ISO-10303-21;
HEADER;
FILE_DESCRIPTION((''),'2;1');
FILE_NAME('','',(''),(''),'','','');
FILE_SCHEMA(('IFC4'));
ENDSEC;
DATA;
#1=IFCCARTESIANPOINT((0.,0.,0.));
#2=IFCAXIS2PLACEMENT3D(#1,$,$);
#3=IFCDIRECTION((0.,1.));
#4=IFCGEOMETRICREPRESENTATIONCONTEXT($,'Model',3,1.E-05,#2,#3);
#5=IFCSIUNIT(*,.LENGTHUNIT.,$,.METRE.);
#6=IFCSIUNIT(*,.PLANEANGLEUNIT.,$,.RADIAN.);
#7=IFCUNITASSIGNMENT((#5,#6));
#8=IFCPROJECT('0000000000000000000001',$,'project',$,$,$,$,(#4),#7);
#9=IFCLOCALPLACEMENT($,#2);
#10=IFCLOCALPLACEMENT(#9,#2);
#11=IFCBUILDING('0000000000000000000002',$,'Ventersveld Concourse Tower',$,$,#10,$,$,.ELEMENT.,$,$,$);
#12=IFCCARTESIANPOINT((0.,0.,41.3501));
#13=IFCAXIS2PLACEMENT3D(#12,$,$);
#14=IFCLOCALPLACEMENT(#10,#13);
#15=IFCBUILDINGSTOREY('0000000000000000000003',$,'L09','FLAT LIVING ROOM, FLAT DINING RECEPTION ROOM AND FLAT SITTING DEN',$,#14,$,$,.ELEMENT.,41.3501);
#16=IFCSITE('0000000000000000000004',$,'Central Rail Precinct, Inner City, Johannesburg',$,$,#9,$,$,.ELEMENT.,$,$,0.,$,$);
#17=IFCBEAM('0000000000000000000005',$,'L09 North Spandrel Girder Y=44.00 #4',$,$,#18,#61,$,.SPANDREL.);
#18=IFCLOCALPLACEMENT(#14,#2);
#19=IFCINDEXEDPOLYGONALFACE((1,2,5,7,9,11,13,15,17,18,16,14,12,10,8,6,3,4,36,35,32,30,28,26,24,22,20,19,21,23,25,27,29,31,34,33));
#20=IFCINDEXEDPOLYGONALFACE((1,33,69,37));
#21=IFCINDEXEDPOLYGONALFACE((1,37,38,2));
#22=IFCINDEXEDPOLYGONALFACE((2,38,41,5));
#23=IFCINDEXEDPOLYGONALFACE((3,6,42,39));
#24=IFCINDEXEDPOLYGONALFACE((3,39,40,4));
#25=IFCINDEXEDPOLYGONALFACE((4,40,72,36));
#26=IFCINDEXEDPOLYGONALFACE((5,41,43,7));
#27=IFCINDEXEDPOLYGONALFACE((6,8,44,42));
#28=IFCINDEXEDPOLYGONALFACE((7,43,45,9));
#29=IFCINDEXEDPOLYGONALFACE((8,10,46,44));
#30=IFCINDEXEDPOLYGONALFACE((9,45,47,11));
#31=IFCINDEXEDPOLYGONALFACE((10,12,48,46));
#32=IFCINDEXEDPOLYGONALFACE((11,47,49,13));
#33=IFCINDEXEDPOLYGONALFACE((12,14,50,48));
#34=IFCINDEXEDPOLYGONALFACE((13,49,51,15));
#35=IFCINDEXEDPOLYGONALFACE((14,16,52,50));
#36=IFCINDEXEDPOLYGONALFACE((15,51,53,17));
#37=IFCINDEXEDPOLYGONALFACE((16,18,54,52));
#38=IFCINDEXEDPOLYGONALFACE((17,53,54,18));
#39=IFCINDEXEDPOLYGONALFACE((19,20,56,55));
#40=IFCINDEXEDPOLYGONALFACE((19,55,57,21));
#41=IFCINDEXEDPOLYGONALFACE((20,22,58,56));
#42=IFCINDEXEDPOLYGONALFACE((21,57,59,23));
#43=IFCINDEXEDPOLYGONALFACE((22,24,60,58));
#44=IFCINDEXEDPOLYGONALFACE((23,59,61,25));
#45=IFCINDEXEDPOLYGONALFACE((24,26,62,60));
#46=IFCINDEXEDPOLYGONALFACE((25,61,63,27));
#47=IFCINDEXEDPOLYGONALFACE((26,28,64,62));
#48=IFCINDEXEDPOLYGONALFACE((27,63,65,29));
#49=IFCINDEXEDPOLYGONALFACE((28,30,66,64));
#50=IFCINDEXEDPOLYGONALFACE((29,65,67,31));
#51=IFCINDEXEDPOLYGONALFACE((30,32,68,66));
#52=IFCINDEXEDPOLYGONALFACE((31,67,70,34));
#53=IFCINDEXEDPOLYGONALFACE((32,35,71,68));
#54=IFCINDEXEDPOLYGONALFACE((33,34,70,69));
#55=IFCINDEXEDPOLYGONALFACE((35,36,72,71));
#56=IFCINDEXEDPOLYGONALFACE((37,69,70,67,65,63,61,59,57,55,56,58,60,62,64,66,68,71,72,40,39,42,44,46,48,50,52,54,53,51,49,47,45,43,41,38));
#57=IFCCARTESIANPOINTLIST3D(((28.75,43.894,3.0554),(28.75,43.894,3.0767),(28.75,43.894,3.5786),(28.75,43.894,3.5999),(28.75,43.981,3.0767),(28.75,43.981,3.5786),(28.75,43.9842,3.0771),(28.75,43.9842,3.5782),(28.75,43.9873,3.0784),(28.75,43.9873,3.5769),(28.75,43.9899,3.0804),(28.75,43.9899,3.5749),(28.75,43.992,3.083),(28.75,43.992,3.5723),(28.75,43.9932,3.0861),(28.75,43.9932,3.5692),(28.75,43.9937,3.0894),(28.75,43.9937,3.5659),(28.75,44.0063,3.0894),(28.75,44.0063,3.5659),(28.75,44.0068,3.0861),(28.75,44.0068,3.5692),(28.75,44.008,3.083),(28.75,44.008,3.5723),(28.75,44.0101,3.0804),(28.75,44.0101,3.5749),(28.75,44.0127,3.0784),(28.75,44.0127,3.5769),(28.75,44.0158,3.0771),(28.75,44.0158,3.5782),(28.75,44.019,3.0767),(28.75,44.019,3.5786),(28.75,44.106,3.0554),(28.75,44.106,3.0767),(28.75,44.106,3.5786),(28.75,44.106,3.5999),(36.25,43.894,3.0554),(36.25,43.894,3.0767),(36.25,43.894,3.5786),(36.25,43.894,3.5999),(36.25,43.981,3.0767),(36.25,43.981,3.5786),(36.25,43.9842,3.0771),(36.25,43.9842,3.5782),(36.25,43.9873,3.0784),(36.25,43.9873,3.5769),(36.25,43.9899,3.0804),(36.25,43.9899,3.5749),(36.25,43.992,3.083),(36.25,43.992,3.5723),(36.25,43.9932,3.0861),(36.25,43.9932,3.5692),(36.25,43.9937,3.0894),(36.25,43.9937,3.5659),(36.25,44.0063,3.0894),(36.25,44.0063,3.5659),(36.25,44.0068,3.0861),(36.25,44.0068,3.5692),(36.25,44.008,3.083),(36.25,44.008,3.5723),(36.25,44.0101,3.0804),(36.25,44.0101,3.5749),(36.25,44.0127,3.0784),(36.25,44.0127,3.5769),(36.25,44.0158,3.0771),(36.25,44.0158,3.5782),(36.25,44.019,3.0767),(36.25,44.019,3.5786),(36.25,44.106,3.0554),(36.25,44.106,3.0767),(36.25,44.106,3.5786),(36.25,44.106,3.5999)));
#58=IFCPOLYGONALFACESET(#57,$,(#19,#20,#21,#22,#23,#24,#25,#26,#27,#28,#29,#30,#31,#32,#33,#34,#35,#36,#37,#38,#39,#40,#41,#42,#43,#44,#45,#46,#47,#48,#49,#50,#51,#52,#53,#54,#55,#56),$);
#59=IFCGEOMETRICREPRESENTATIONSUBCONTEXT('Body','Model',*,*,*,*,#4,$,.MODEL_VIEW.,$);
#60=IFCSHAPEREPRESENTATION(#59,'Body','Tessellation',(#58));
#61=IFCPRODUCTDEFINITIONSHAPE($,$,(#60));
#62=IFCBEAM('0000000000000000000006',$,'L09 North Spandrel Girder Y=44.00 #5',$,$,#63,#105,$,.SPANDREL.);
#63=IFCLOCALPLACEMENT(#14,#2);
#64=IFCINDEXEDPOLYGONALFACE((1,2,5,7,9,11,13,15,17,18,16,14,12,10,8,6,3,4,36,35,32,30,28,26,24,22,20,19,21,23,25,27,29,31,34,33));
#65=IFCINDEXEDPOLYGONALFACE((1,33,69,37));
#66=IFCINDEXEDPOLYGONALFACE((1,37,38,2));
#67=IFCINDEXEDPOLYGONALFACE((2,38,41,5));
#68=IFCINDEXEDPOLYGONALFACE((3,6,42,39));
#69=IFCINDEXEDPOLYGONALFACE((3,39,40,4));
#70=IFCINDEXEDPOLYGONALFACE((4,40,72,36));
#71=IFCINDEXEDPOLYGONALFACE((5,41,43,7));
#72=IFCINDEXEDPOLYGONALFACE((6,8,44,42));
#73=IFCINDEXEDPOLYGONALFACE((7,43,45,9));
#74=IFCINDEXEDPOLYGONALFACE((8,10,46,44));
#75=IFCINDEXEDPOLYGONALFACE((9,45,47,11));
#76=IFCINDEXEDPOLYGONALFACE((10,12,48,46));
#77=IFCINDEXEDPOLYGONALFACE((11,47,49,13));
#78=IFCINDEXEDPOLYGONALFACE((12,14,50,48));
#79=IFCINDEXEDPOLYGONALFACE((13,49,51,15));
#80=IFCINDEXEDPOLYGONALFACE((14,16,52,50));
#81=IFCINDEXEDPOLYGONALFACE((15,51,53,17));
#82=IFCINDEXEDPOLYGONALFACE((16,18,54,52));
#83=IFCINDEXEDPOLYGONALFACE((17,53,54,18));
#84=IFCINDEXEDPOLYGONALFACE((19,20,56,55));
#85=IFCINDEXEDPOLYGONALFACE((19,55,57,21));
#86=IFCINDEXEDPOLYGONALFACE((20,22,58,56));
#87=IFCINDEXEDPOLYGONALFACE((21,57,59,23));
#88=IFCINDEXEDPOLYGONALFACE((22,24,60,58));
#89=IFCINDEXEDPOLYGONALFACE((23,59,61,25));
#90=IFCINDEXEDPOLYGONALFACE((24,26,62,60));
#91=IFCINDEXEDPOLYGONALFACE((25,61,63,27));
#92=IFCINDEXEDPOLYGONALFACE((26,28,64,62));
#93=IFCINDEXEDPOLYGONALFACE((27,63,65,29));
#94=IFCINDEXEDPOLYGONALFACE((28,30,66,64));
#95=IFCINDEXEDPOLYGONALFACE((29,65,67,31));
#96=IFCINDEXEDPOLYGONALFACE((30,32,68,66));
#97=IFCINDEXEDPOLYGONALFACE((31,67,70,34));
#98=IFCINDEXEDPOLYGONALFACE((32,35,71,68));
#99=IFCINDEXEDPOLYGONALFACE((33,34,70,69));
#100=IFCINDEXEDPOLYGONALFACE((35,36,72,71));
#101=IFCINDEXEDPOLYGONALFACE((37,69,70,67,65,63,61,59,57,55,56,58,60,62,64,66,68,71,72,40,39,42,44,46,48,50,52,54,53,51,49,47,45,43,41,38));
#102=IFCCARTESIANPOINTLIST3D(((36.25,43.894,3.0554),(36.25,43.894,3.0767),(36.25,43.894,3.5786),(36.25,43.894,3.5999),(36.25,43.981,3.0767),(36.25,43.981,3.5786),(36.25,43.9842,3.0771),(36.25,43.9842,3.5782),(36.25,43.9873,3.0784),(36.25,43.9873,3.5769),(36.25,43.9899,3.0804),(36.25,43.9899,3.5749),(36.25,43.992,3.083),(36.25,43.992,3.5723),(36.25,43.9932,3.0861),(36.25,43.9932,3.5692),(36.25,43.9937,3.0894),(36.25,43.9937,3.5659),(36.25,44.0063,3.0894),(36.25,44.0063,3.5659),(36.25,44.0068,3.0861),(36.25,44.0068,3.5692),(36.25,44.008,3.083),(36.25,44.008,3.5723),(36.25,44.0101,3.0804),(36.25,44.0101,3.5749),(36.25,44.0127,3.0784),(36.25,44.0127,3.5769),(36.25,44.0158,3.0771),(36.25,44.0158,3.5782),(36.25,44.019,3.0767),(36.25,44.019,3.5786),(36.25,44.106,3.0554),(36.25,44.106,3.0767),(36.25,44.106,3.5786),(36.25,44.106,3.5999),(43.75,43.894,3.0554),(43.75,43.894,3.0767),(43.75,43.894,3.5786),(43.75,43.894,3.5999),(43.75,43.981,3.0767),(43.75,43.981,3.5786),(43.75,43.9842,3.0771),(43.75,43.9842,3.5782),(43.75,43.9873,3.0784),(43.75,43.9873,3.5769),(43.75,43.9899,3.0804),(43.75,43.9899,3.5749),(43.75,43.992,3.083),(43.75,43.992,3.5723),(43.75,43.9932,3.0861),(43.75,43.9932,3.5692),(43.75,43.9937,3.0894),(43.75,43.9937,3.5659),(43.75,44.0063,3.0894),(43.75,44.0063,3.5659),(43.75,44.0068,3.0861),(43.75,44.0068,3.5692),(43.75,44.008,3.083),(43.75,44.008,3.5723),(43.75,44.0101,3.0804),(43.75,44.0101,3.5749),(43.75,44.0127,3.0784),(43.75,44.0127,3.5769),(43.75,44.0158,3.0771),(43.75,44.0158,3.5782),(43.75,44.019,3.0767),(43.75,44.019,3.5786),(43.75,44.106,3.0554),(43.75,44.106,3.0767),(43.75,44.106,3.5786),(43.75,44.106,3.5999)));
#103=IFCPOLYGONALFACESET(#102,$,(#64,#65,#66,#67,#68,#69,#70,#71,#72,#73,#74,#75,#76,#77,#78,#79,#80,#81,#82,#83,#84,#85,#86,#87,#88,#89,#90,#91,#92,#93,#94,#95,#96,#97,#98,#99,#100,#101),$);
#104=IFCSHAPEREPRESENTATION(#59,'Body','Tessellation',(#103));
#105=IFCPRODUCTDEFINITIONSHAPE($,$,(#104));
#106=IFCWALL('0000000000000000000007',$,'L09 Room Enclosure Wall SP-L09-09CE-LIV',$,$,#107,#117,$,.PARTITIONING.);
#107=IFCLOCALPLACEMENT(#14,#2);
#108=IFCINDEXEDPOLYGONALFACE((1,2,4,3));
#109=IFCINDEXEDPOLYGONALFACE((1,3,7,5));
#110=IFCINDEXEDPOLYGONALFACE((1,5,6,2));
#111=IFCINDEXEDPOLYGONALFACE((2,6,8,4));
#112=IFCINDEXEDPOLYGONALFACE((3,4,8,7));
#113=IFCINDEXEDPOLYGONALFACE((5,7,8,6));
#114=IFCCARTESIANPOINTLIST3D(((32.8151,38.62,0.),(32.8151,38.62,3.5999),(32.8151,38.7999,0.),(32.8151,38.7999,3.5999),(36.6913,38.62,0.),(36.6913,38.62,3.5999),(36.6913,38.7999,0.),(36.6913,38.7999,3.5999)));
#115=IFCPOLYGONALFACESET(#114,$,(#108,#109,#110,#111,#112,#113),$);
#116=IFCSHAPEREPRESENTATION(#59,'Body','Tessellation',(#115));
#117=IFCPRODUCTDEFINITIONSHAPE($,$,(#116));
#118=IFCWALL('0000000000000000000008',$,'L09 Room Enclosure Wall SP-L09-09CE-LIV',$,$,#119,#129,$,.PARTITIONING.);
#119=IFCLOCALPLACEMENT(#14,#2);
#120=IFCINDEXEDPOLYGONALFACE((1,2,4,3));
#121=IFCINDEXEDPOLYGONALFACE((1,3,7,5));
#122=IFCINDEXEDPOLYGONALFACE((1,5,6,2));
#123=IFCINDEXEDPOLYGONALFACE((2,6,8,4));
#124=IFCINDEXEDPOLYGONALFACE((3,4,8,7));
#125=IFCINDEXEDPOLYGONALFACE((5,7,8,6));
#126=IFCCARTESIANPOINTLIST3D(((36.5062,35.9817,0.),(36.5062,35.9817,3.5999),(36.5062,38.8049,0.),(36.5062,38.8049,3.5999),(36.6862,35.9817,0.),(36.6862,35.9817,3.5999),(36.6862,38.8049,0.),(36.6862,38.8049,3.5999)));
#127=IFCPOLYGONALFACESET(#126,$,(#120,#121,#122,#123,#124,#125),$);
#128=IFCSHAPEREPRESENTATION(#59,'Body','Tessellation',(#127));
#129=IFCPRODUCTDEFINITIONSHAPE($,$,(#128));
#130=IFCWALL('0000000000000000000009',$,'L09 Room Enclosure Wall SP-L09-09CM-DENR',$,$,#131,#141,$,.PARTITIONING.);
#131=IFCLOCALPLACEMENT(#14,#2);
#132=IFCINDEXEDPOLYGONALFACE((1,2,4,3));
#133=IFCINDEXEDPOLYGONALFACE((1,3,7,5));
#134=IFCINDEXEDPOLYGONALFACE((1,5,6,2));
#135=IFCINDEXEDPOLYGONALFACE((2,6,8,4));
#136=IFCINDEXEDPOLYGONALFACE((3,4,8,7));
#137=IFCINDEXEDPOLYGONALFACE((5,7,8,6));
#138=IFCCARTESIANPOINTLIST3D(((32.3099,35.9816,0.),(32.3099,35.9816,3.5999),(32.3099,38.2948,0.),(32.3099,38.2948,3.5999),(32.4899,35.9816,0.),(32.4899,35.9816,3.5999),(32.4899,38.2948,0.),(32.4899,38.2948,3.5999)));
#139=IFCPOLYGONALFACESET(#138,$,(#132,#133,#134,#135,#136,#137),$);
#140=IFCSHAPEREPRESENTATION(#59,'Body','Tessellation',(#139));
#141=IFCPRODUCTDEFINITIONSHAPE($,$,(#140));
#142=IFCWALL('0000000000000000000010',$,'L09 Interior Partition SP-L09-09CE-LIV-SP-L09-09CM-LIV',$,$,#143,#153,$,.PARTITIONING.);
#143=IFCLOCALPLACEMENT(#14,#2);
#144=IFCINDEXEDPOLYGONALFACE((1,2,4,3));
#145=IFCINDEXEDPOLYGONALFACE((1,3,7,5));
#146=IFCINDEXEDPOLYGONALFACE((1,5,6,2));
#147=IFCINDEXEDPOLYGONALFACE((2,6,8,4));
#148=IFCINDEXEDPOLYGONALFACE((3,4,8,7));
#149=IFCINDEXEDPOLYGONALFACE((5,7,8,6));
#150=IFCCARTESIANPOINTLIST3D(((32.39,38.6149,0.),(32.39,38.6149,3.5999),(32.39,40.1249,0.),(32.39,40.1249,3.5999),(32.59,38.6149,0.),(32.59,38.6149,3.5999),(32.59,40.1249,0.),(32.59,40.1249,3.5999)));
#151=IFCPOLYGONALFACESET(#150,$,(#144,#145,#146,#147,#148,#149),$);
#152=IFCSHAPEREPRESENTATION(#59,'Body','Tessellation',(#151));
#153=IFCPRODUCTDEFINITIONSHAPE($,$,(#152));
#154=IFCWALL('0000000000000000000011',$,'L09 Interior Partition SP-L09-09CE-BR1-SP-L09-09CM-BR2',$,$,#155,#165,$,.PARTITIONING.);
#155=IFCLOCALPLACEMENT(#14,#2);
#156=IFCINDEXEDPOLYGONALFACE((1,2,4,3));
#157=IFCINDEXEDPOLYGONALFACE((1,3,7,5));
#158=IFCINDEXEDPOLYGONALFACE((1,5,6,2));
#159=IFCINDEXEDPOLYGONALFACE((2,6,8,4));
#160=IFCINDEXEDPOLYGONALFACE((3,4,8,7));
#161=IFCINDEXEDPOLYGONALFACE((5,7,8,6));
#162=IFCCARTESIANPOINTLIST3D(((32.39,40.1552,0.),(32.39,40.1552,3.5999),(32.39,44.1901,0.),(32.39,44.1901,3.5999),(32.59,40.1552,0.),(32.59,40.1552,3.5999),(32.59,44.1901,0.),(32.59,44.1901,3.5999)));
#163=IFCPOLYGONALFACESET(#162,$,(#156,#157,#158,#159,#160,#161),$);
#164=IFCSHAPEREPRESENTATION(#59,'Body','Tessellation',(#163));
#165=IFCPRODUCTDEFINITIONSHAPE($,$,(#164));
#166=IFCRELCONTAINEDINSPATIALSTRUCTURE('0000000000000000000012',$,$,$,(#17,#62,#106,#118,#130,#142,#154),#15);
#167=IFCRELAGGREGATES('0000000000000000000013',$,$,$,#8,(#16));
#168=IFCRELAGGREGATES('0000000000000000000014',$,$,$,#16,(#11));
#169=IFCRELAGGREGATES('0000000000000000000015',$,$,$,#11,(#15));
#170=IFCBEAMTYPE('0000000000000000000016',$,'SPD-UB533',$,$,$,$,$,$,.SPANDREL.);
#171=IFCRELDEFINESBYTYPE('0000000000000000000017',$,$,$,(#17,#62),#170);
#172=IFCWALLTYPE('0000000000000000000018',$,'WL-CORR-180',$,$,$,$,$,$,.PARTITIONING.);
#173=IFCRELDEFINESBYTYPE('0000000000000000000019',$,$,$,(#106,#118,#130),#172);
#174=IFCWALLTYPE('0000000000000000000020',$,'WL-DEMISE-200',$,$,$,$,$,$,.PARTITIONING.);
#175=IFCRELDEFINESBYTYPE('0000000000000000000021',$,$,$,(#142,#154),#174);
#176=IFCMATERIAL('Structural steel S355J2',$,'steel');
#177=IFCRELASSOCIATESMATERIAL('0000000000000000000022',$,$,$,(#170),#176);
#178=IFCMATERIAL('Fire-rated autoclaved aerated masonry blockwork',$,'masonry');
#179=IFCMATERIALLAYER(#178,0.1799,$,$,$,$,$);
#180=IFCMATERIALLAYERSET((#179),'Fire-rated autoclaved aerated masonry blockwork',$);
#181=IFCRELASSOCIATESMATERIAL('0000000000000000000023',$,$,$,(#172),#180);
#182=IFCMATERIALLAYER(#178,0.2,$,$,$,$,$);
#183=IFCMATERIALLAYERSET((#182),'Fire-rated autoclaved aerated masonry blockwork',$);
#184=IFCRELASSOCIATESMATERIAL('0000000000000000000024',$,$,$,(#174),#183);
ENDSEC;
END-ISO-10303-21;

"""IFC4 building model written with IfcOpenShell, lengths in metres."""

from ifc_helpers import new_model, si_unit, direction, frame, frame_2d, origin, origin_2d, place, context, subcontext, project, spatial, rectangle, i_section, extrude, material, layer, layer_set, material_profile, profile_set, type_object, element, save


model = new_model("IFC4")

# Units and contexts
model_context = context("Model", 3, precision=1e-05, world=origin(), true_north=direction((0.0, 1.0)))
body_context = subcontext(model_context, "Body", "Model", "MODEL_VIEW")
ifc_project = project(units=[si_unit("LENGTHUNIT", "METRE"), si_unit("PLANEANGLEUNIT", "RADIAN")], contexts=[model_context])

# Site, building, storey
site_placement = place(None, origin())
site = spatial("IfcSite", under=ifc_project, at=site_placement, Name="Central Rail Precinct, Inner City, Johannesburg", CompositionType="ELEMENT", RefElevation=0.0)
building_placement = place(site_placement, origin())
building = spatial("IfcBuilding", under=site, at=building_placement, Name="Ventersveld Concourse Tower", CompositionType="ELEMENT")
storey_placement = place(building_placement, frame((0.0, 0.0, 41.3501)))
storey = spatial("IfcBuildingStorey", under=building, at=storey_placement, Name="L09", Description="FLAT LIVING ROOM, FLAT DINING RECEPTION ROOM AND FLAT SITTING DEN", CompositionType="ELEMENT", Elevation=41.3501)

# Beams
ifc_material_1 = material(Name="Structural steel S355J2", Category="steel")
ifc_material_profile_1 = material_profile(ifc_material_1, i_section(OverallWidth=0.2119, OverallDepth=0.5444, WebThickness=0.0127, FlangeThickness=0.0212, FilletRadius=0.0127, at=origin_2d()), Name="UB 533x210x122")
ifc_profile_set_1 = profile_set([ifc_material_profile_1], Name="Structural steel S355J2")
beam_type = type_object("IfcBeamType", Name="SPD-UB533", PredefinedType="SPANDREL", material=ifc_profile_set_1)
for number, where, z_axis, x_axis, name in (
    (1, (28.75, 44.0, 3.3276), (1.0, 0.0, 0.0), (0.0, 1.0, 0.0), "L09 North Spandrel Girder Y=44.00 #4"),
    (2, (36.25, 44.0, 3.3276), (1.0, 0.0, 0.0), (0.0, 1.0, 0.0), "L09 North Spandrel Girder Y=44.00 #5"),
):
    element("IfcBeam", number, at=place(storey_placement, frame(where, z_axis=z_axis, x_axis=x_axis)), inside=storey, type_object=beam_type, Name=name, PredefinedType="SPANDREL", context=body_context, shape_type="SweptSolid", body=[
        extrude(i_section(OverallWidth=0.2119, OverallDepth=0.5444, WebThickness=0.0127, FlangeThickness=0.0212, FilletRadius=0.0127, at=origin_2d()), origin(), (0.0, 0.0, 1.0), 7.5),
    ])

# Walls
ifc_material_2 = material(Name="Fire-rated autoclaved aerated masonry blockwork", Category="masonry")
ifc_layer_1 = layer(ifc_material_2, 0.1799)
ifc_layer_set_1 = layer_set([ifc_layer_1], Name="Fire-rated autoclaved aerated masonry blockwork")
wall_type_1 = type_object("IfcWallType", Name="WL-CORR-180", PredefinedType="PARTITIONING", material=ifc_layer_set_1)
wall_1_placement = place(storey_placement, frame((36.6912, 38.71, 0.0), z_axis=(0.0, 0.0, 1.0), x_axis=(-1.0, 0.0, 0.0)))
element("IfcWall", 3, at=wall_1_placement, inside=storey, type_object=wall_type_1, Name="L09 Room Enclosure Wall SP-L09-09CE-LIV", PredefinedType="PARTITIONING", context=body_context, shape_type="SweptSolid", body=[
    extrude(rectangle(XDim=3.8762, YDim=0.1799, at=frame_2d((1.938, 0.0))), origin(), (0.0, 0.0, 1.0), 3.5999),
])
wall_2_placement = place(storey_placement, frame((36.5962, 35.9817, 0.0), z_axis=(0.0, 0.0, 1.0), x_axis=(0.0, 1.0, 0.0)))
element("IfcWall", 4, at=wall_2_placement, inside=storey, type_object=wall_type_1, Name="L09 Room Enclosure Wall SP-L09-09CE-LIV", PredefinedType="PARTITIONING", context=body_context, shape_type="SweptSolid", body=[
    extrude(rectangle(XDim=2.8232, YDim=0.1799, at=frame_2d((1.4116, 0.0))), origin(), (0.0, 0.0, 1.0), 3.5999),
])
wall_3_placement = place(storey_placement, frame((32.3999, 38.2949, 0.0), z_axis=(0.0, 0.0, 1.0), x_axis=(0.0, -1.0, 0.0)))
element("IfcWall", 5, at=wall_3_placement, inside=storey, type_object=wall_type_1, Name="L09 Room Enclosure Wall SP-L09-09CM-DENR", PredefinedType="PARTITIONING", context=body_context, shape_type="SweptSolid", body=[
    extrude(rectangle(XDim=2.3132, YDim=0.1799, at=frame_2d((1.1567, 0.0))), origin(), (0.0, 0.0, 1.0), 3.5999),
])
ifc_layer_2 = layer(ifc_material_2, 0.2)
ifc_layer_set_2 = layer_set([ifc_layer_2], Name="Fire-rated autoclaved aerated masonry blockwork")
wall_type_2 = type_object("IfcWallType", Name="WL-DEMISE-200", PredefinedType="PARTITIONING", material=ifc_layer_set_2)
wall_4_placement = place(storey_placement, frame((32.49, 38.615, 0.0), z_axis=(0.0, 0.0, 1.0), x_axis=(0.0, 1.0, 0.0)))
element("IfcWall", 6, at=wall_4_placement, inside=storey, type_object=wall_type_2, Name="L09 Interior Partition SP-L09-09CE-LIV-SP-L09-09CM-LIV", PredefinedType="PARTITIONING", context=body_context, shape_type="SweptSolid", body=[
    extrude(rectangle(XDim=1.51, YDim=0.2, at=frame_2d((0.7549, 0.0))), origin(), (0.0, 0.0, 1.0), 3.5999),
])
wall_5_placement = place(storey_placement, frame((32.49, 40.155, 0.0), z_axis=(0.0, 0.0, 1.0), x_axis=(0.0, 1.0, 0.0)))
element("IfcWall", 7, at=wall_5_placement, inside=storey, type_object=wall_type_2, Name="L09 Interior Partition SP-L09-09CE-BR1-SP-L09-09CM-BR2", PredefinedType="PARTITIONING", context=body_context, shape_type="SweptSolid", body=[
    extrude(rectangle(XDim=4.0349, YDim=0.2, at=frame_2d((2.0176, 0.0))), origin(), (0.0, 0.0, 1.0), 3.5999),
])

save(model, "model.ifc")
